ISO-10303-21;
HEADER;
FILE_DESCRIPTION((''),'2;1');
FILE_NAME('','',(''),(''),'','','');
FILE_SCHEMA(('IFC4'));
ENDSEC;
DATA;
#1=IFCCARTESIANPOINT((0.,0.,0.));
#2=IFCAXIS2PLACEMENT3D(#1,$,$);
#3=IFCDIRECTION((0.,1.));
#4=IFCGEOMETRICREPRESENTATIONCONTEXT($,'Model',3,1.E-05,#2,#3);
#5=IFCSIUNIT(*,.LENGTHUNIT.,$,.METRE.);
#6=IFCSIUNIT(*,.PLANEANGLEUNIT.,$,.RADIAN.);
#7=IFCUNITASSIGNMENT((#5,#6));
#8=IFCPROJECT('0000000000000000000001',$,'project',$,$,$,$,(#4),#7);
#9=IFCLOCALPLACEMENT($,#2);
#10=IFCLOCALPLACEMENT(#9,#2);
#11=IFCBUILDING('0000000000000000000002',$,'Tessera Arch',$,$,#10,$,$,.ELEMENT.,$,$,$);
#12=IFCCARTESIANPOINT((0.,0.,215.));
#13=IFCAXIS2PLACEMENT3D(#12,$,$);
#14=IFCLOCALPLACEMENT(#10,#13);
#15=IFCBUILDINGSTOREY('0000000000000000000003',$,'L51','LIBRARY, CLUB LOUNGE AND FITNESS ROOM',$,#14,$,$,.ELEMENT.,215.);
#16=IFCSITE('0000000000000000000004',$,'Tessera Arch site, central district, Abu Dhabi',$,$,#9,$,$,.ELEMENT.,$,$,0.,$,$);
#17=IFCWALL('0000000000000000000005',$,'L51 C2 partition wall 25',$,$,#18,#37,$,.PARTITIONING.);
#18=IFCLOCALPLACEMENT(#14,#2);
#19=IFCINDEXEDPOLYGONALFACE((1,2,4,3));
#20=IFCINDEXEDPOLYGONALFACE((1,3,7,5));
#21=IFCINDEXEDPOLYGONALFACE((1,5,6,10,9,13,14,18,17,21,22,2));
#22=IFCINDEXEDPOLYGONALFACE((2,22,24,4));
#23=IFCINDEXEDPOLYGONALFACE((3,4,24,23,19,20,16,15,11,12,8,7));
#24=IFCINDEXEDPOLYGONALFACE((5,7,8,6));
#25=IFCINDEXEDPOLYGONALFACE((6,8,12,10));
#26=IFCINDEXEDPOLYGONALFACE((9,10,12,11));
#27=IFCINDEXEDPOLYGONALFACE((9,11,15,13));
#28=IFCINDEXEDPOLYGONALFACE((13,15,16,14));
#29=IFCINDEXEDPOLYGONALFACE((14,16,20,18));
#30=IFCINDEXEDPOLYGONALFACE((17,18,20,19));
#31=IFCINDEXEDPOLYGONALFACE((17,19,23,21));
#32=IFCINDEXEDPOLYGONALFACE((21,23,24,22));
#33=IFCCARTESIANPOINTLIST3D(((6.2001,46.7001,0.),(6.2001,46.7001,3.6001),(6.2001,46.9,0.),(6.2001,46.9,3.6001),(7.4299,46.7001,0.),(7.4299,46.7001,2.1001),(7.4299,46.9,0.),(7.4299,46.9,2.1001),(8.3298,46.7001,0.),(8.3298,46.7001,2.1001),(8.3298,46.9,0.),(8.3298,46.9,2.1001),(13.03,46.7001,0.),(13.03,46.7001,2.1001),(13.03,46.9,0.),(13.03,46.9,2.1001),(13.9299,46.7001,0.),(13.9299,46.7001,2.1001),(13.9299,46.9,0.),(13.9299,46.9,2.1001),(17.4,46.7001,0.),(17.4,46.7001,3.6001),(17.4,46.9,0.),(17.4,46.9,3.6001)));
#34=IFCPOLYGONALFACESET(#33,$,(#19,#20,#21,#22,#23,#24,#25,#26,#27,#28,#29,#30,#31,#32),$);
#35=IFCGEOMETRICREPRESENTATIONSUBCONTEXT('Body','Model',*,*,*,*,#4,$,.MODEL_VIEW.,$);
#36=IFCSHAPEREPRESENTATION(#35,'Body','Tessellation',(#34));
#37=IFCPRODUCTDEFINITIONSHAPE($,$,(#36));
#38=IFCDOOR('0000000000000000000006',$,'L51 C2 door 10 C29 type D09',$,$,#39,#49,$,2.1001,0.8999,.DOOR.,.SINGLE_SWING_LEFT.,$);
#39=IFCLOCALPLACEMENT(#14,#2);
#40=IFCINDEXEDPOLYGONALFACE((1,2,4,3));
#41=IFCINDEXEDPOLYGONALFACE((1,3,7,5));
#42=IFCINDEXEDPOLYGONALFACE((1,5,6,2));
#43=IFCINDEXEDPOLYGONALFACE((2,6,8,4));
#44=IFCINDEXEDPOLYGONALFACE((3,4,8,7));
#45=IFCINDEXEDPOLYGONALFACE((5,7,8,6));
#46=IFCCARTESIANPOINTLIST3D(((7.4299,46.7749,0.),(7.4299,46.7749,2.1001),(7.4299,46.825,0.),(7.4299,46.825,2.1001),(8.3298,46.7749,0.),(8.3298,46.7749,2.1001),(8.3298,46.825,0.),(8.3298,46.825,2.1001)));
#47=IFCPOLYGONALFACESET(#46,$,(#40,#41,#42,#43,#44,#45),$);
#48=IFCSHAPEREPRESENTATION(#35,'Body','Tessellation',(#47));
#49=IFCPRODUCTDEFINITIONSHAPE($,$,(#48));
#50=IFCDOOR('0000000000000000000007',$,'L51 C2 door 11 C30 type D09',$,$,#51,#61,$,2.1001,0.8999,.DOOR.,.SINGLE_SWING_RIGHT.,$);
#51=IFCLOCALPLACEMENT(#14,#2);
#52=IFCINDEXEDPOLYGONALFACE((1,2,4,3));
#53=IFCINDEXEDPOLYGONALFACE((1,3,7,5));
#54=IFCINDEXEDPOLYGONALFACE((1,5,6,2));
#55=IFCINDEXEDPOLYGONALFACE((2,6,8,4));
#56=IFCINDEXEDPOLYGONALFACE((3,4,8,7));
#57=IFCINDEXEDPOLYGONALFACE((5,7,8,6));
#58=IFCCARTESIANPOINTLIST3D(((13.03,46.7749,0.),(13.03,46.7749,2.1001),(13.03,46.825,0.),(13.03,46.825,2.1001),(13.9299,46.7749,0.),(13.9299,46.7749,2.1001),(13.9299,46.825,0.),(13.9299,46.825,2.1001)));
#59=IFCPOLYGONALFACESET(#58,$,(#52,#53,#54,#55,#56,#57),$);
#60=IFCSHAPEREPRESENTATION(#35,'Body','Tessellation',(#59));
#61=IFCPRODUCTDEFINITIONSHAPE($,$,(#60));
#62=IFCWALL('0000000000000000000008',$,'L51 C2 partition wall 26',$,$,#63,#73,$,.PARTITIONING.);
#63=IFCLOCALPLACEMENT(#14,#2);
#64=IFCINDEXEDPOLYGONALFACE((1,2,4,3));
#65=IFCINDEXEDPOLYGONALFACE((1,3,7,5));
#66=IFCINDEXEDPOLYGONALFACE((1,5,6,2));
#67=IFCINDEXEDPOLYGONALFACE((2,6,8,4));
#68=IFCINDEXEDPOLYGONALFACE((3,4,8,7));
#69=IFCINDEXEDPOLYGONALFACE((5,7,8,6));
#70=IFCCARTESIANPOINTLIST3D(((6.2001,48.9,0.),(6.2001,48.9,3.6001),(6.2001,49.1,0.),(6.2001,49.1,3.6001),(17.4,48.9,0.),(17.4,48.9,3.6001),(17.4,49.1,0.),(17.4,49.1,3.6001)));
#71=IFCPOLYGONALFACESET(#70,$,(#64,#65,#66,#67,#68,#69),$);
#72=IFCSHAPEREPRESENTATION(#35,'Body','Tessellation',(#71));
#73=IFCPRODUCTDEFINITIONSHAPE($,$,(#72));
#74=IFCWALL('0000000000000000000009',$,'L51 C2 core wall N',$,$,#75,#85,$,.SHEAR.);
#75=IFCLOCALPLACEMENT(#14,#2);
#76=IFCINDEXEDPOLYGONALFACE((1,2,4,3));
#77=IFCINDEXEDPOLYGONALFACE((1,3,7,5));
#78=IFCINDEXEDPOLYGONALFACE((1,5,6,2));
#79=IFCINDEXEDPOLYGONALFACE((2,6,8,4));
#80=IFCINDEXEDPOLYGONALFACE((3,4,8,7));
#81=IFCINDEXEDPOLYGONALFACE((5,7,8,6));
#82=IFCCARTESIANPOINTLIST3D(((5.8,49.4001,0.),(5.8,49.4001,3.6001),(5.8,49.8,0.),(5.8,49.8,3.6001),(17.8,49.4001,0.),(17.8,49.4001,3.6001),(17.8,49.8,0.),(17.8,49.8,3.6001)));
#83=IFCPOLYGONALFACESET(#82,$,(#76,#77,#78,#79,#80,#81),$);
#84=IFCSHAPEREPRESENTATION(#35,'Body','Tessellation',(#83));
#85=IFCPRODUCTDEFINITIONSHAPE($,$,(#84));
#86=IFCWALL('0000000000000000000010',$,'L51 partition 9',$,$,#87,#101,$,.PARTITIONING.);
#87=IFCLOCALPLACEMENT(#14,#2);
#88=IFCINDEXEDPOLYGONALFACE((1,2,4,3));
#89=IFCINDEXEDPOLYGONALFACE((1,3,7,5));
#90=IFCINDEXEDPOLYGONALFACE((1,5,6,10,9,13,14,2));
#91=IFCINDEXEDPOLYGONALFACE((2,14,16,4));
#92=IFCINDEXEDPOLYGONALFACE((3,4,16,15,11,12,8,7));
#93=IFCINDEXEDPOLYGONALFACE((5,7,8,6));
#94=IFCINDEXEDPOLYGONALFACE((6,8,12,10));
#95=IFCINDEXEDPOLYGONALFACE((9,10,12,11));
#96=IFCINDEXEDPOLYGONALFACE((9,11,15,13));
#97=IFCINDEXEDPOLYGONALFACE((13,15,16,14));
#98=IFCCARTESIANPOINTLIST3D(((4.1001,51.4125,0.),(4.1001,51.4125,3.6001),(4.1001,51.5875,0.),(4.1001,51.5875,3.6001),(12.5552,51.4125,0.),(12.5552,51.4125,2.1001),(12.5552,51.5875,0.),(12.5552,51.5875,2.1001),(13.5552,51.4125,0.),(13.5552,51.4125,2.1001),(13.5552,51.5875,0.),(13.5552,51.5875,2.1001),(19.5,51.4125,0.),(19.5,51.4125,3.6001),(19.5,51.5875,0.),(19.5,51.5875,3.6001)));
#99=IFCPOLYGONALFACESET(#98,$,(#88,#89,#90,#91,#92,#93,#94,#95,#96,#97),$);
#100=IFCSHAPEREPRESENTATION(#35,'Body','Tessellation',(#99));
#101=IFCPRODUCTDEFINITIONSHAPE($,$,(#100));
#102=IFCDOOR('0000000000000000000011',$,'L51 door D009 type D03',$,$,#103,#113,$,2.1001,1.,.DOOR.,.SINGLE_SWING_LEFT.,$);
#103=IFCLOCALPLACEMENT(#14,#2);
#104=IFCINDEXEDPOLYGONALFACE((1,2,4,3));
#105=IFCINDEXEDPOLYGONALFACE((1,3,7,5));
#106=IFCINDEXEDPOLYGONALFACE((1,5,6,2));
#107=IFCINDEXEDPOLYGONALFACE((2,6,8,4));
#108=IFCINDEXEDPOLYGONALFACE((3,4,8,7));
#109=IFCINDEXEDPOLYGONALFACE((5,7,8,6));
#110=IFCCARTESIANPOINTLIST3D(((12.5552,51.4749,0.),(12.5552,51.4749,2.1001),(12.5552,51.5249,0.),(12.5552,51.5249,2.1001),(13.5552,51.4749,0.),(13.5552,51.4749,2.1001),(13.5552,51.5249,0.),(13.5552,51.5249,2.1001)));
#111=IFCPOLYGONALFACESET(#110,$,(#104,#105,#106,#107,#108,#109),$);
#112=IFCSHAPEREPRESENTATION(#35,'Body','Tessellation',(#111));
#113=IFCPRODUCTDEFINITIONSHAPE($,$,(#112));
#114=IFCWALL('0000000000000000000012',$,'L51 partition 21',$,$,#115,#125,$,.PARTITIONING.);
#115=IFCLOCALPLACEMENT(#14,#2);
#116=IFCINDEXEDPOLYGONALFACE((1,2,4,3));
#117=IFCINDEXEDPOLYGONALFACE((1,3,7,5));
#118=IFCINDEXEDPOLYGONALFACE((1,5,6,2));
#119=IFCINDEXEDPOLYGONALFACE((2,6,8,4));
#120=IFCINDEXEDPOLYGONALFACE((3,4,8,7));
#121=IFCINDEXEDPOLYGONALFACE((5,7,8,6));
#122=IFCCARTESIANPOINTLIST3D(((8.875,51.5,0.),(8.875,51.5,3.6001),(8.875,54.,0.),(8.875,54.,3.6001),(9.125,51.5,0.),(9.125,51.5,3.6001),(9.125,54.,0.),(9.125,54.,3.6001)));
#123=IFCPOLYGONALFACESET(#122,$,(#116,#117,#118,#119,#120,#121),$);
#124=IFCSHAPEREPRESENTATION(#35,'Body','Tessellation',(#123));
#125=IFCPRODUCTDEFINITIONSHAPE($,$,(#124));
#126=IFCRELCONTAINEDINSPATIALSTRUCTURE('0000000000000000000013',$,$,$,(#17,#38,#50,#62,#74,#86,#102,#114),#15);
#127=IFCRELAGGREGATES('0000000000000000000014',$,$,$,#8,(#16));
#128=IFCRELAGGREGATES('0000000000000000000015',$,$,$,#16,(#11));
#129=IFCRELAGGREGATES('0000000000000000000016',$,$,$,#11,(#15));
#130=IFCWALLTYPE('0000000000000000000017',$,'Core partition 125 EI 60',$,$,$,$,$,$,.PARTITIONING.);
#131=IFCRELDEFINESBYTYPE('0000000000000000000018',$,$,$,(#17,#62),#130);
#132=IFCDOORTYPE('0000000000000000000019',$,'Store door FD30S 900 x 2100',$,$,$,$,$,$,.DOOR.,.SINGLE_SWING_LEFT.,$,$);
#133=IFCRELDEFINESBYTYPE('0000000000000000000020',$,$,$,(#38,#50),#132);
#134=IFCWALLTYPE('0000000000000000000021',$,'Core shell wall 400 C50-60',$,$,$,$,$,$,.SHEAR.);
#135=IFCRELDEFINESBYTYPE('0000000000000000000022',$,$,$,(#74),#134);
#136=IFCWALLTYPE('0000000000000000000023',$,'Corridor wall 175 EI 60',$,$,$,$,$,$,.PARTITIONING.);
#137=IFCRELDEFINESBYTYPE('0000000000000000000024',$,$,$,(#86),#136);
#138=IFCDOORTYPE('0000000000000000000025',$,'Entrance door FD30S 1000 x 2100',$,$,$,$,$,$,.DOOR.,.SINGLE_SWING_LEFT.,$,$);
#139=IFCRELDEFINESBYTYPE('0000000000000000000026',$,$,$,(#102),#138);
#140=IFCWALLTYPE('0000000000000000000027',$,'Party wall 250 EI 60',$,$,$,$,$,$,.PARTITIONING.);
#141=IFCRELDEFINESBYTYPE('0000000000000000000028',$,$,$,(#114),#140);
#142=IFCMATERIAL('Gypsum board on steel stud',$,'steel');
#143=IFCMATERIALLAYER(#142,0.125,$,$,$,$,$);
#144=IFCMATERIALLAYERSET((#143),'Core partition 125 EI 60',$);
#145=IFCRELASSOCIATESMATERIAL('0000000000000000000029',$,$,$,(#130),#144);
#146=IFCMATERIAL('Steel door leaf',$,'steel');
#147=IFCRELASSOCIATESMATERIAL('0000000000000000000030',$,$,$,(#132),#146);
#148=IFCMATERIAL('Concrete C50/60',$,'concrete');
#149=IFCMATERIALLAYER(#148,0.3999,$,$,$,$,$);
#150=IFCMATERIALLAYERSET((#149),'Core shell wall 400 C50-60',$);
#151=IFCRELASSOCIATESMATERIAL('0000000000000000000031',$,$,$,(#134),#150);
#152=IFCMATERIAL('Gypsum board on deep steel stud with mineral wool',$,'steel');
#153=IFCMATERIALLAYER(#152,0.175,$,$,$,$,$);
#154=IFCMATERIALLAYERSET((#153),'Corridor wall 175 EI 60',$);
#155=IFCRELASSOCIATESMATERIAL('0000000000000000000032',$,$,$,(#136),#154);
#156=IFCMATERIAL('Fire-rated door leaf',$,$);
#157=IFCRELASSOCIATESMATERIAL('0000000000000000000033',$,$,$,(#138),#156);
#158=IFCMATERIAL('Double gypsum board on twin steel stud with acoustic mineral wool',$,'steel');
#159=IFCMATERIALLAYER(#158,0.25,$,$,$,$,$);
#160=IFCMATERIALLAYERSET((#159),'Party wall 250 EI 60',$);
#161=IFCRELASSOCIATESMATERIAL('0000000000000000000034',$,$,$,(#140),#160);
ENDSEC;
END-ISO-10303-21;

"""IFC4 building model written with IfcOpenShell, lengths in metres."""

from ifc_helpers import new_model, si_unit, direction, frame, frame_2d, origin, place, context, subcontext, project, spatial, rectangle, extrude, material, layer, layer_set, type_object, element, fill, save


model = new_model("IFC4")

# Units and contexts
model_context = context("Model", 3, precision=1e-05, world=origin(), true_north=direction((0.0, 1.0)))
body_context = subcontext(model_context, "Body", "Model", "MODEL_VIEW")
ifc_project = project(units=[si_unit("LENGTHUNIT", "METRE"), si_unit("PLANEANGLEUNIT", "RADIAN")], contexts=[model_context])

# Site, building, storey
site_placement = place(None, origin())
site = spatial("IfcSite", under=ifc_project, at=site_placement, Name="Tessera Arch site, central district, Abu Dhabi", CompositionType="ELEMENT", RefElevation=0.0)
building_placement = place(site_placement, origin())
building = spatial("IfcBuilding", under=site, at=building_placement, Name="Tessera Arch", CompositionType="ELEMENT")
storey_placement = place(building_placement, frame((0.0, 0.0, 215.0)))
storey = spatial("IfcBuildingStorey", under=building, at=storey_placement, Name="L51", Description="LIBRARY, CLUB LOUNGE AND FITNESS ROOM", CompositionType="ELEMENT", Elevation=215.0)

# Wall, openings, doors
ifc_material_1 = material(Name="Gypsum board on steel stud", Category="steel")
ifc_layer_1 = layer(ifc_material_1, 0.125)
ifc_layer_set_1 = layer_set([ifc_layer_1], Name="Core partition 125 EI 60")
wall_type_1 = type_object("IfcWallType", Name="Core partition 125 EI 60", PredefinedType="PARTITIONING", material=ifc_layer_set_1)
wall_1_placement = place(storey_placement, frame((6.2, 46.8, 0.0), z_axis=(0.0, 0.0, 1.0), x_axis=(1.0, 0.0, 0.0)))
wall_1 = element("IfcWall", 1, at=wall_1_placement, inside=storey, type_object=wall_type_1, Name="L51 C2 partition wall 25", PredefinedType="PARTITIONING", context=body_context, shape_type="SweptSolid", body=[
    extrude(rectangle(XDim=11.2, YDim=0.2, at=frame_2d((5.6001, 0.0))), origin(), (0.0, 0.0, 1.0), 3.6001),
])
opening_1_placement = place(wall_1_placement, frame((1.23, 0.0, 0.0)))
opening_1 = element("IfcOpeningElement", 2, at=opening_1_placement, cuts=wall_1, PredefinedType="OPENING", context=body_context, shape_type="SweptSolid", body=[
    extrude(rectangle(XDim=0.8999, YDim=2.1001, at=frame_2d((0.45, 1.05))), frame((0.0, 0.1099, 0.0), z_axis=(0.0, -1.0, 0.0), x_axis=(1.0, 0.0, 0.0)), (0.0, 0.0, 1.0), 0.22),
])
opening_2_placement = place(wall_1_placement, frame((6.8301, 0.0, 0.0)))
opening_2 = element("IfcOpeningElement", 3, at=opening_2_placement, cuts=wall_1, PredefinedType="OPENING", context=body_context, shape_type="SweptSolid", body=[
    extrude(rectangle(XDim=0.8999, YDim=2.1001, at=frame_2d((0.45, 1.05))), frame((0.0, 0.1099, 0.0), z_axis=(0.0, -1.0, 0.0), x_axis=(1.0, 0.0, 0.0)), (0.0, 0.0, 1.0), 0.22),
])
ifc_material_2 = material(Name="Steel door leaf", Category="steel")
door_type_1 = type_object("IfcDoorType", Name="Store door FD30S 900 x 2100", OperationType="SINGLE_SWING_LEFT", PredefinedType="DOOR", material=ifc_material_2)
door_1_placement = place(opening_1_placement, origin())
door_1 = element("IfcDoor", 4, at=door_1_placement, inside=storey, type_object=door_type_1, Name="L51 C2 door 10 C29 type D09", OperationType="SINGLE_SWING_LEFT", OverallHeight=2.1001, OverallWidth=0.8999, PredefinedType="DOOR", context=body_context, shape_type="SweptSolid", body=[
    extrude(rectangle(XDim=0.8999, YDim=2.1001, at=frame_2d((0.45, 1.05))), frame((0.0, 0.0249, 0.0), z_axis=(0.0, -1.0, 0.0), x_axis=(1.0, 0.0, 0.0)), (0.0, 0.0, 1.0), 0.05),
])
fill(opening_1, door_1)
door_2_placement = place(opening_2_placement, origin())
door_2 = element("IfcDoor", 5, at=door_2_placement, inside=storey, type_object=door_type_1, Name="L51 C2 door 11 C30 type D09", OperationType="SINGLE_SWING_RIGHT", OverallHeight=2.1001, OverallWidth=0.8999, PredefinedType="DOOR", context=body_context, shape_type="SweptSolid", body=[
    extrude(rectangle(XDim=0.8999, YDim=2.1001, at=frame_2d((0.45, 1.05))), frame((0.0, 0.0249, 0.0), z_axis=(0.0, -1.0, 0.0), x_axis=(1.0, 0.0, 0.0)), (0.0, 0.0, 1.0), 0.05),
])
fill(opening_2, door_2)

# Walls
wall_2_placement = place(storey_placement, frame((6.2, 49.0, 0.0), z_axis=(0.0, 0.0, 1.0), x_axis=(1.0, 0.0, 0.0)))
element("IfcWall", 6, at=wall_2_placement, inside=storey, type_object=wall_type_1, Name="L51 C2 partition wall 26", PredefinedType="PARTITIONING", context=body_context, shape_type="SweptSolid", body=[
    extrude(rectangle(XDim=11.2, YDim=0.2, at=frame_2d((5.6001, 0.0))), origin(), (0.0, 0.0, 1.0), 3.6001),
])
ifc_material_3 = material(Name="Concrete C50/60", Category="concrete")
ifc_layer_2 = layer(ifc_material_3, 0.3999)
ifc_layer_set_2 = layer_set([ifc_layer_2], Name="Core shell wall 400 C50-60")
wall_type_2 = type_object("IfcWallType", Name="Core shell wall 400 C50-60", PredefinedType="SHEAR", material=ifc_layer_set_2)
wall_3_placement = place(storey_placement, frame((5.8, 49.6001, 0.0), z_axis=(0.0, 0.0, 1.0), x_axis=(1.0, 0.0, 0.0)))
element("IfcWall", 7, at=wall_3_placement, inside=storey, type_object=wall_type_2, Name="L51 C2 core wall N", PredefinedType="SHEAR", context=body_context, shape_type="SweptSolid", body=[
    extrude(rectangle(XDim=12.0, YDim=0.3999, at=frame_2d((6.0, 0.0))), origin(), (0.0, 0.0, 1.0), 3.6001),
])

# Wall, opening, door
ifc_material_4 = material(Name="Gypsum board on deep steel stud with mineral wool", Category="steel")
ifc_layer_3 = layer(ifc_material_4, 0.175)
ifc_layer_set_3 = layer_set([ifc_layer_3], Name="Corridor wall 175 EI 60")
wall_type_3 = type_object("IfcWallType", Name="Corridor wall 175 EI 60", PredefinedType="PARTITIONING", material=ifc_layer_set_3)
wall_4_placement = place(storey_placement, frame((4.1001, 51.5, 0.0), z_axis=(0.0, 0.0, 1.0), x_axis=(1.0, 0.0, 0.0)))
wall_4 = element("IfcWall", 8, at=wall_4_placement, inside=storey, type_object=wall_type_3, Name="L51 partition 9", PredefinedType="PARTITIONING", context=body_context, shape_type="SweptSolid", body=[
    extrude(rectangle(XDim=15.3999, YDim=0.175, at=frame_2d((7.7, 0.0))), origin(), (0.0, 0.0, 1.0), 3.6001),
])
opening_3_placement = place(wall_4_placement, frame((8.4551, 0.0, 0.0)))
opening_3 = element("IfcOpeningElement", 9, at=opening_3_placement, cuts=wall_4, PredefinedType="OPENING", context=body_context, shape_type="SweptSolid", body=[
    extrude(rectangle(XDim=1.0, YDim=2.1001, at=frame_2d((0.5, 1.05))), frame((0.0, 0.0974, 0.0), z_axis=(0.0, -1.0, 0.0), x_axis=(1.0, 0.0, 0.0)), (0.0, 0.0, 1.0), 0.1951),
])
ifc_material_5 = material(Name="Fire-rated door leaf")
door_type_2 = type_object("IfcDoorType", Name="Entrance door FD30S 1000 x 2100", OperationType="SINGLE_SWING_LEFT", PredefinedType="DOOR", material=ifc_material_5)
door_3_placement = place(opening_3_placement, origin())
door_3 = element("IfcDoor", 10, at=door_3_placement, inside=storey, type_object=door_type_2, Name="L51 door D009 type D03", OperationType="SINGLE_SWING_LEFT", OverallHeight=2.1001, OverallWidth=1.0, PredefinedType="DOOR", context=body_context, shape_type="SweptSolid", body=[
    extrude(rectangle(XDim=1.0, YDim=2.1001, at=frame_2d((0.5, 1.05))), frame((0.0, 0.0249, 0.0), z_axis=(0.0, -1.0, 0.0), x_axis=(1.0, 0.0, 0.0)), (0.0, 0.0, 1.0), 0.05),
])
fill(opening_3, door_3)

# Wall
ifc_material_6 = material(Name="Double gypsum board on twin steel stud with acoustic mineral wool", Category="steel")
ifc_layer_4 = layer(ifc_material_6, 0.25)
ifc_layer_set_4 = layer_set([ifc_layer_4], Name="Party wall 250 EI 60")
wall_type_4 = type_object("IfcWallType", Name="Party wall 250 EI 60", PredefinedType="PARTITIONING", material=ifc_layer_set_4)
wall_5_placement = place(storey_placement, frame((9.0, 51.5, 0.0), z_axis=(0.0, 0.0, 1.0), x_axis=(0.0, 1.0, 0.0)))
element("IfcWall", 11, at=wall_5_placement, inside=storey, type_object=wall_type_4, Name="L51 partition 21", PredefinedType="PARTITIONING", context=body_context, shape_type="SweptSolid", body=[
    extrude(rectangle(XDim=2.5, YDim=0.25, at=frame_2d((1.25, 0.0))), origin(), (0.0, 0.0, 1.0), 3.6001),
])

save(model, "model.ifc")
